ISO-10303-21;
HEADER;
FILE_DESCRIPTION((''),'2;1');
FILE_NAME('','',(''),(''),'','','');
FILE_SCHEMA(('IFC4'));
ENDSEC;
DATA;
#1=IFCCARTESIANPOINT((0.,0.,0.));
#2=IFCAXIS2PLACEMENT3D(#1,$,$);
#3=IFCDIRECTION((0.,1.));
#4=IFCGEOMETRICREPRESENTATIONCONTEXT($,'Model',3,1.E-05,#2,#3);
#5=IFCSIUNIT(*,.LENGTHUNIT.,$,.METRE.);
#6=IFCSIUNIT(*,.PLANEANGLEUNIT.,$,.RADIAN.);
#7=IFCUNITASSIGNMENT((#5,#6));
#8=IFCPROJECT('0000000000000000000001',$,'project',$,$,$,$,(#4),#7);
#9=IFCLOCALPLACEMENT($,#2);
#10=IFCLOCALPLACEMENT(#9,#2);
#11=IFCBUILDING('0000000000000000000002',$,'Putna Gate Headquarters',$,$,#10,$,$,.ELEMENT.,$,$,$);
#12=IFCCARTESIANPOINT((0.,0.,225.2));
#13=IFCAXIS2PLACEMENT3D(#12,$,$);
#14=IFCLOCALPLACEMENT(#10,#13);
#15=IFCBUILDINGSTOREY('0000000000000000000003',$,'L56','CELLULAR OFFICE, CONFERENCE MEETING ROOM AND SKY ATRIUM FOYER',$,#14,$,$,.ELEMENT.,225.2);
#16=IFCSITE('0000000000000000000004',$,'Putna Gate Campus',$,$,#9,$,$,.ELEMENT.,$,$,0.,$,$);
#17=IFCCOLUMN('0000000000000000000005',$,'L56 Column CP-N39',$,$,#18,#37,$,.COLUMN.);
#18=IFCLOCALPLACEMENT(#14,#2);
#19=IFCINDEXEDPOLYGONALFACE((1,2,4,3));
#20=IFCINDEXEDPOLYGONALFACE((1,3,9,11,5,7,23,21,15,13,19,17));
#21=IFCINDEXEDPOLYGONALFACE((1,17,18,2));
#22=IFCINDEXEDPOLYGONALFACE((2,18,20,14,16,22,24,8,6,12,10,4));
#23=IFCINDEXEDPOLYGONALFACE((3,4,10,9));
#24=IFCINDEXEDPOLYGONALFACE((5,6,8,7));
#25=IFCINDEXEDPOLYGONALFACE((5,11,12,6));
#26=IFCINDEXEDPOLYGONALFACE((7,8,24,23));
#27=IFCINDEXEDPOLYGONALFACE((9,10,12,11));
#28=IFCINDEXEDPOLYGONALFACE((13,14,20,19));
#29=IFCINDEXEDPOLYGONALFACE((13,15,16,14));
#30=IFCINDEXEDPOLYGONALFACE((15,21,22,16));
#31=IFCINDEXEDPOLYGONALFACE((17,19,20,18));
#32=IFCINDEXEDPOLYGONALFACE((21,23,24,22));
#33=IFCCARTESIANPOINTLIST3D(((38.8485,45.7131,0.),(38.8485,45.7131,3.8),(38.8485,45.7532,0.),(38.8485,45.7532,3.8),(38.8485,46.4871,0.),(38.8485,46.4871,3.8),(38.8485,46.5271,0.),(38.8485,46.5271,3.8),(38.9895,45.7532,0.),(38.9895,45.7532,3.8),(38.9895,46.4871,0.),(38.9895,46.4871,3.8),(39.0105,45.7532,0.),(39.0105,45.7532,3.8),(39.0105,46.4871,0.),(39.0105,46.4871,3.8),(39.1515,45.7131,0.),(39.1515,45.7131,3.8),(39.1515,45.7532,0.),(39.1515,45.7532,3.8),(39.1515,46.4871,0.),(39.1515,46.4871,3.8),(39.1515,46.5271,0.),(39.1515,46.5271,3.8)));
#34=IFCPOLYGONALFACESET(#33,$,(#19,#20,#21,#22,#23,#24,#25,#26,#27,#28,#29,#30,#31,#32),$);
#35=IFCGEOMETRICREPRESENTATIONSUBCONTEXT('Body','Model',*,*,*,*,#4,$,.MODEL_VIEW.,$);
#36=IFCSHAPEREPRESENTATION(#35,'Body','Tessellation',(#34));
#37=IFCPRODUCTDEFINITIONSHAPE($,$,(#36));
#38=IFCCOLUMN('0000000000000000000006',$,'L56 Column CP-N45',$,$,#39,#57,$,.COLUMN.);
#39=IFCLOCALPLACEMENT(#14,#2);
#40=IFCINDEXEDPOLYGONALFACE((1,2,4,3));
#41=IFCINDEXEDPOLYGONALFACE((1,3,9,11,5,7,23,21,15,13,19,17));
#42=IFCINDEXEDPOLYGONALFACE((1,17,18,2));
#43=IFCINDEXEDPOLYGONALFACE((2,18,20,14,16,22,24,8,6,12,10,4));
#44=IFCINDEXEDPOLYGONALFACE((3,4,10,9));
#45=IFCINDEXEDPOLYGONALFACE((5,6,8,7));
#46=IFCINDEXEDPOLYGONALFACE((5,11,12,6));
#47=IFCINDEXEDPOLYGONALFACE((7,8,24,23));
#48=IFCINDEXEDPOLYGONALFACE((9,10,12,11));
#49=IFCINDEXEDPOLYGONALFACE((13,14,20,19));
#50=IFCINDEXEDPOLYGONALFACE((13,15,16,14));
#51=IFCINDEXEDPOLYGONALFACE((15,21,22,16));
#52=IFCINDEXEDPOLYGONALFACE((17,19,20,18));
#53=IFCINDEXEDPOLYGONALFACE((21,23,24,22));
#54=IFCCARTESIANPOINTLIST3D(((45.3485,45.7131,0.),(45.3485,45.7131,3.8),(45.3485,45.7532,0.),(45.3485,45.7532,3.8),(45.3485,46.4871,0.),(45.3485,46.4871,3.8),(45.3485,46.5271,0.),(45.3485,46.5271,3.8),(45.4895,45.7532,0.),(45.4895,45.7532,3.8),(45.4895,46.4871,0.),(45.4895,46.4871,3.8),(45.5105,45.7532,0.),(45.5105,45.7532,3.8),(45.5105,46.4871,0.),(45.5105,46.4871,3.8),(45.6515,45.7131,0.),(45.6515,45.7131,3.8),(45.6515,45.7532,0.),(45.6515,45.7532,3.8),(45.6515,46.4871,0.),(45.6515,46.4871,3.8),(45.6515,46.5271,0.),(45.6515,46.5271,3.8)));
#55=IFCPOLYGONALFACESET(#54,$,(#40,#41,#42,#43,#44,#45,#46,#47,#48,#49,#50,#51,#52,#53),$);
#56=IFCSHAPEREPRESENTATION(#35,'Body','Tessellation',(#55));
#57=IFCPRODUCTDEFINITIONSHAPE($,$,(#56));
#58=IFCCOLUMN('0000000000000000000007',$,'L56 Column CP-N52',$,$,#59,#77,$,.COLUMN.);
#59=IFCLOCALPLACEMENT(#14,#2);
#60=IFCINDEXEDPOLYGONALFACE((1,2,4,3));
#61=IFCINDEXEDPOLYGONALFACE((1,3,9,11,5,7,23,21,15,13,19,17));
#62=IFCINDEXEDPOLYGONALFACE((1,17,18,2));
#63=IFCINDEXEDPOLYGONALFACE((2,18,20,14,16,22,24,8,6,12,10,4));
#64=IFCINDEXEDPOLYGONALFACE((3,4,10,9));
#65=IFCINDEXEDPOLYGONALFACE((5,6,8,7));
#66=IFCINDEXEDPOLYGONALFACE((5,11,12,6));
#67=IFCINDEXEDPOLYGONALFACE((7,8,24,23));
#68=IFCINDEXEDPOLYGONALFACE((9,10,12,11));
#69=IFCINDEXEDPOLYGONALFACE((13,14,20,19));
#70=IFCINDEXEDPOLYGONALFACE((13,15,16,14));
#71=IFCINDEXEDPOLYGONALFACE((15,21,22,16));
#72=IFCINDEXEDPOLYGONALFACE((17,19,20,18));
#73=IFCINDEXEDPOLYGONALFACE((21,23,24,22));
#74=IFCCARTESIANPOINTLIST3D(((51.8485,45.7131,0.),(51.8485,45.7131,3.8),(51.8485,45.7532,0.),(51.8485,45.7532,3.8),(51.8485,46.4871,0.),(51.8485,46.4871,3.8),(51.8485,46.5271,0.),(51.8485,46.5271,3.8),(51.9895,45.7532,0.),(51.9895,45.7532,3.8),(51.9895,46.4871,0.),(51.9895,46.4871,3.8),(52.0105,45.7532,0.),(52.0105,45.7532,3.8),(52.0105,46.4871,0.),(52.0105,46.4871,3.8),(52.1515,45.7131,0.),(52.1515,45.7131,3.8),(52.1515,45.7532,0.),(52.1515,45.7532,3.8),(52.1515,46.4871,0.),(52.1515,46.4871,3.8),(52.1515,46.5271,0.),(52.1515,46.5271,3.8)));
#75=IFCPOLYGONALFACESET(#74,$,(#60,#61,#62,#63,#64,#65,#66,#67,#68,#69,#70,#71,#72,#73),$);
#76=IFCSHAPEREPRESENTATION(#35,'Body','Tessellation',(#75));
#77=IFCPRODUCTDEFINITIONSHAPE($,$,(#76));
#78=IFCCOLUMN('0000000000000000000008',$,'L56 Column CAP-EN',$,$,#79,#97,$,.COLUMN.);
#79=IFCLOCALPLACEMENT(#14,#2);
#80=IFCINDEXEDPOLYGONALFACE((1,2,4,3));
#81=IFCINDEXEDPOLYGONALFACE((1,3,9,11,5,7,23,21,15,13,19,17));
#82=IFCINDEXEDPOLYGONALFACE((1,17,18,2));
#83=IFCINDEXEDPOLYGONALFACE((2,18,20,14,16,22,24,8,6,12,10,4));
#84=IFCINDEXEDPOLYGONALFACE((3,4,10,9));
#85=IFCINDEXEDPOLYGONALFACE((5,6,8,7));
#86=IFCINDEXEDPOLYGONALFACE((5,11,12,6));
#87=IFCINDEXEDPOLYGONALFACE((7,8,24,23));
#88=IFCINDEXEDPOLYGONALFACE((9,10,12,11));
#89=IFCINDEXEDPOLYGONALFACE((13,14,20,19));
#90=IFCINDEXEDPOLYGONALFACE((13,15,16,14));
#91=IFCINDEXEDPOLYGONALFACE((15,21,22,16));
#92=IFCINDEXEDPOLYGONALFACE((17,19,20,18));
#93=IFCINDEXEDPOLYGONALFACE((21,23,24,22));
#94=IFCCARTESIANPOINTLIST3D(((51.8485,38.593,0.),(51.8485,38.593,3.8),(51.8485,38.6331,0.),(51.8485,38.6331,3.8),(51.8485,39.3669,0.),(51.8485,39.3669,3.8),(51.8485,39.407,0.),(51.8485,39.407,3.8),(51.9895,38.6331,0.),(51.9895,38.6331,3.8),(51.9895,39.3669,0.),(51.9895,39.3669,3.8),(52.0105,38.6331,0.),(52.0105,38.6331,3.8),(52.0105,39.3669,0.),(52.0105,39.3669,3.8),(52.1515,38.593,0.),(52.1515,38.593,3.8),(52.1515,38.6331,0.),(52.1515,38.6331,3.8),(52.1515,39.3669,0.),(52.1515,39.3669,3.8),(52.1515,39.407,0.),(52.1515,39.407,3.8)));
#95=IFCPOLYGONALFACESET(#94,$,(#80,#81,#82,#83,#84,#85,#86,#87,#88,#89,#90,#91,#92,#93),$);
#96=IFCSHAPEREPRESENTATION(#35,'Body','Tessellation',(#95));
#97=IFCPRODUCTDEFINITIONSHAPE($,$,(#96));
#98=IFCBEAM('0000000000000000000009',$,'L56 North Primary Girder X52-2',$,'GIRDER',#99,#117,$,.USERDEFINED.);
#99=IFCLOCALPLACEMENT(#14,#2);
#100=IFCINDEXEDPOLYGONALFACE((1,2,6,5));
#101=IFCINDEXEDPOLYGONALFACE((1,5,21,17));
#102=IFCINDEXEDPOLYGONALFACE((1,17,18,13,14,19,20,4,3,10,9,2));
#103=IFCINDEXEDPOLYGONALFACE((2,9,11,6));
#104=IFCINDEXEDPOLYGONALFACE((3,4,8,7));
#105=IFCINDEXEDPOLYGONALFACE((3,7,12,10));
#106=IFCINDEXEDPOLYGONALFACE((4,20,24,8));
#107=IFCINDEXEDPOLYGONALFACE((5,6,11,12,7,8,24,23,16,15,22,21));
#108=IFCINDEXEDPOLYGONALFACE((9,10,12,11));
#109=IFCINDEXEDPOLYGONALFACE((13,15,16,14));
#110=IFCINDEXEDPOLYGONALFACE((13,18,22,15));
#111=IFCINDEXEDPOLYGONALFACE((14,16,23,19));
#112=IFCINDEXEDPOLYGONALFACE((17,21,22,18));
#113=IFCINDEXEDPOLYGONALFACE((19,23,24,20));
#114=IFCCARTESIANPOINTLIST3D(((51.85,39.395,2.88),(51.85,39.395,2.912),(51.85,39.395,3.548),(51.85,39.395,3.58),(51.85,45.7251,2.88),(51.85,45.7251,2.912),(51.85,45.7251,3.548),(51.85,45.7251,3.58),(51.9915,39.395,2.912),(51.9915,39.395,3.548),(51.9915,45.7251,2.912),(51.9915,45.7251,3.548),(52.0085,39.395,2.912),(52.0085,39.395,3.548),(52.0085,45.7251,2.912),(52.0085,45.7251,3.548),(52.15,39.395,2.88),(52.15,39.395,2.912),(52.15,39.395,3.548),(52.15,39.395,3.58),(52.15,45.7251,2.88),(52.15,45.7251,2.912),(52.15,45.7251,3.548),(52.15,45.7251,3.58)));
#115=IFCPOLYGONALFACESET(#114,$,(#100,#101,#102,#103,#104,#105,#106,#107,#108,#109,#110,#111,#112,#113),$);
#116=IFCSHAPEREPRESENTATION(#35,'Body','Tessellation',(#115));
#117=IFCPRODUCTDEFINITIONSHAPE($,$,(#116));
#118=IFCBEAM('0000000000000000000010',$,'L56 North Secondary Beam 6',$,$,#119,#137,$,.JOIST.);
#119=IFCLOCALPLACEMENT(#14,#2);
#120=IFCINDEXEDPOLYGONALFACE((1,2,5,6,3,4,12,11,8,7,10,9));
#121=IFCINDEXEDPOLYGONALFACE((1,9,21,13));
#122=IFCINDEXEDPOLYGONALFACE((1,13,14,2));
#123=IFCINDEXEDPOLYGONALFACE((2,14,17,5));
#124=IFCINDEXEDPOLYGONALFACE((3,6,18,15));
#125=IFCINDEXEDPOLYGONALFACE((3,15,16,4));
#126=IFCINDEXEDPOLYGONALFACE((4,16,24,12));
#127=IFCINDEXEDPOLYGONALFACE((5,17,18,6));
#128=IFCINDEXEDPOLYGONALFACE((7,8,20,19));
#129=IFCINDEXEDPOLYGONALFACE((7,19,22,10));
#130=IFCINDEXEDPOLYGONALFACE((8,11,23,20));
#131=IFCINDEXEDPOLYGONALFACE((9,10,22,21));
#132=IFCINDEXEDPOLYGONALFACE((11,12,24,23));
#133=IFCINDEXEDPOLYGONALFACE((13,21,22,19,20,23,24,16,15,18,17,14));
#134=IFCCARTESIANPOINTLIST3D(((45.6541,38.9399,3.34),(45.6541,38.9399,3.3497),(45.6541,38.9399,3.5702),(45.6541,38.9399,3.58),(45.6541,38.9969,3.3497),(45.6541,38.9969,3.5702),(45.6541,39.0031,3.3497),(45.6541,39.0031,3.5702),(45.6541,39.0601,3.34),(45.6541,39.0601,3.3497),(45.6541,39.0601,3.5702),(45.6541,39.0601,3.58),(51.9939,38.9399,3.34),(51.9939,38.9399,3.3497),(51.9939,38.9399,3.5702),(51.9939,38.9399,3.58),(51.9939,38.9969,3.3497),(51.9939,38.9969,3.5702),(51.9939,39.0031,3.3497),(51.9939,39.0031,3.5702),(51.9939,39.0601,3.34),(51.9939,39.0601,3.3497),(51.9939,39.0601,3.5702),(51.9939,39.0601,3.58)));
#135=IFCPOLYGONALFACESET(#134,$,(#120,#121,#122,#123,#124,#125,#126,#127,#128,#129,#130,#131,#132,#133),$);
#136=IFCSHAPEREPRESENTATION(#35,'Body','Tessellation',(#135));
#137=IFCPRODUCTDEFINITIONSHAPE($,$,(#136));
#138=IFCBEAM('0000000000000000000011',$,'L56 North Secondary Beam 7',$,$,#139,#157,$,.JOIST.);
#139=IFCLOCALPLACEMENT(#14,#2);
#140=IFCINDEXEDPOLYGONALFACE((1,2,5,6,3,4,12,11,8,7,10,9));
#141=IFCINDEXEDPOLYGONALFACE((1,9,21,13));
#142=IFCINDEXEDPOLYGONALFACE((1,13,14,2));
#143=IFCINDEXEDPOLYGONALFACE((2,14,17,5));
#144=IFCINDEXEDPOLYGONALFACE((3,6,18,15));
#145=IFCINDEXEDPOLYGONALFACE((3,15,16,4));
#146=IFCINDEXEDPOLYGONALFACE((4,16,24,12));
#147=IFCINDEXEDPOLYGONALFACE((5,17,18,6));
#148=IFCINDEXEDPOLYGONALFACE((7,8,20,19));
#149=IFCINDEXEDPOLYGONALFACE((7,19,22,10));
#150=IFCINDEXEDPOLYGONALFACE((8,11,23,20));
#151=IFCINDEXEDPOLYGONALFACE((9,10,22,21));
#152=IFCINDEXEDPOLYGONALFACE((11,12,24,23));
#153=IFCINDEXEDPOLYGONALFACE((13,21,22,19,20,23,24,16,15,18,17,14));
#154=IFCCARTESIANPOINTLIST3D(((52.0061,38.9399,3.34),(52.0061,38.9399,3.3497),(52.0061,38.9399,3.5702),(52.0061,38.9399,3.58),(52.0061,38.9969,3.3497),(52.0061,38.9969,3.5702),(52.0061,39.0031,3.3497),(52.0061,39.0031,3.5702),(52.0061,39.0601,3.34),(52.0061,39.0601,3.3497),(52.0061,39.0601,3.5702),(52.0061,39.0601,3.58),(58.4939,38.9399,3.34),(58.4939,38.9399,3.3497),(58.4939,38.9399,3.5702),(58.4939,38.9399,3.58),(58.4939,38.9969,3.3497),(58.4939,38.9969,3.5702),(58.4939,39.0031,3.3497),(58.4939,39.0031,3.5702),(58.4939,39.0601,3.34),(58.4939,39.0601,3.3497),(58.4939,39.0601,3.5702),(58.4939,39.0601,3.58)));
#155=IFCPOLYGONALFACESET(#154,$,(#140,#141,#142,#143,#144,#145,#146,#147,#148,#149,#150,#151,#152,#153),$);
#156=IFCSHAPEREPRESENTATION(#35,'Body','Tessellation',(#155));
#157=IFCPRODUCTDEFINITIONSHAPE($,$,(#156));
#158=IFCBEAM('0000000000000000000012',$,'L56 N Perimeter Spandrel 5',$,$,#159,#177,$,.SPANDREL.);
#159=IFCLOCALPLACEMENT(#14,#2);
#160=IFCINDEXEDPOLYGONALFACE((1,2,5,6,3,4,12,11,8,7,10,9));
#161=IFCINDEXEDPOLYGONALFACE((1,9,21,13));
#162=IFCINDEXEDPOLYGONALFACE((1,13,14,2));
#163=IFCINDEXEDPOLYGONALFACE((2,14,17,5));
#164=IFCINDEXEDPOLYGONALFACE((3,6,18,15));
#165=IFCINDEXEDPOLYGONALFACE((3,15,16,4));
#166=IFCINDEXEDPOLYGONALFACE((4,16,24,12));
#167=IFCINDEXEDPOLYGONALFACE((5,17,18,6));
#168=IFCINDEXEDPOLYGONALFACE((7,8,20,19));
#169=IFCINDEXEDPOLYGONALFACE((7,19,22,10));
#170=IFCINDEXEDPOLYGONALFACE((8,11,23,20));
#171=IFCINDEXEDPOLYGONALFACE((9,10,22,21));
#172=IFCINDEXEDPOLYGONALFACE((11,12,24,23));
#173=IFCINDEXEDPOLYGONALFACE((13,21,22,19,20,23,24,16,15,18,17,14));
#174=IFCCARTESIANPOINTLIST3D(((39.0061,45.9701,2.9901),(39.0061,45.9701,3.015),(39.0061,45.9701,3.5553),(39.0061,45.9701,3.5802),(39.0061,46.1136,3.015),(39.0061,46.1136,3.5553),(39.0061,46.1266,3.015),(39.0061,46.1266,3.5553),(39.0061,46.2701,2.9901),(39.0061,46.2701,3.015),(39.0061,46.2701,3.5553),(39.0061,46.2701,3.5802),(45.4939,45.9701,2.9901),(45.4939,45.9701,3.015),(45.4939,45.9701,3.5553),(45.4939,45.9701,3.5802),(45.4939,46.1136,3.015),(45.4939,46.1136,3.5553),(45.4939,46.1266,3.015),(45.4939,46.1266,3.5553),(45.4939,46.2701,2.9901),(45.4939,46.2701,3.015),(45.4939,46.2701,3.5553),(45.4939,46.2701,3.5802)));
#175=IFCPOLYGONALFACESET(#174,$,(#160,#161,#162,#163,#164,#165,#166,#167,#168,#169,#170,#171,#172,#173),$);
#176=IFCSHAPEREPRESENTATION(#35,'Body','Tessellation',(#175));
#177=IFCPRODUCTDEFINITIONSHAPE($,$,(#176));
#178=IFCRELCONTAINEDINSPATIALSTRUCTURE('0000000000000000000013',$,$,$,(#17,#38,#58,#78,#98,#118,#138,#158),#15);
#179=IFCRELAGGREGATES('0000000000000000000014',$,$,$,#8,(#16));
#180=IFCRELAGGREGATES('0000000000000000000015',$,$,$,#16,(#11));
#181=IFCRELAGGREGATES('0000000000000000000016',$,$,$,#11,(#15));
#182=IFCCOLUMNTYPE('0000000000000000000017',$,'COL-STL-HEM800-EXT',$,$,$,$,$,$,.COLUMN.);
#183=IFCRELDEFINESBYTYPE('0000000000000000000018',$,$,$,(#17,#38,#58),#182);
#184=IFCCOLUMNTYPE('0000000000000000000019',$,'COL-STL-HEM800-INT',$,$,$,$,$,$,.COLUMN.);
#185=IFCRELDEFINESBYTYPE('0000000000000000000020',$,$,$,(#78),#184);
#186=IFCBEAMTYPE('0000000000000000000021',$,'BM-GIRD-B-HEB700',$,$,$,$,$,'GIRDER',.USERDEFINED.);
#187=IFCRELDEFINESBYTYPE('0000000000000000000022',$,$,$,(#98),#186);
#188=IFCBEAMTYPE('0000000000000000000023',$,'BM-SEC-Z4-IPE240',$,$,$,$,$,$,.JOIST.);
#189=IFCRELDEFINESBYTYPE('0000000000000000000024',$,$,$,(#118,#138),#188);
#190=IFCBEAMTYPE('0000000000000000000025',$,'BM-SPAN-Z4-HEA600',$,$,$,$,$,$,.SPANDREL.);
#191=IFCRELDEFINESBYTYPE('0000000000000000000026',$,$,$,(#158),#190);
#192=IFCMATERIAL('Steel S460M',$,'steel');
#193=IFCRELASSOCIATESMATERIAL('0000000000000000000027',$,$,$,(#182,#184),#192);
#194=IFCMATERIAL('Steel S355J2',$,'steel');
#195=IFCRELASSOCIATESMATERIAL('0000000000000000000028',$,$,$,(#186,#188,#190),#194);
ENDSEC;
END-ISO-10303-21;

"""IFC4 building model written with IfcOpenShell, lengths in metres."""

from ifc_helpers import new_model, si_unit, direction, frame, origin, origin_2d, place, context, subcontext, project, spatial, i_section, extrude, material, material_profile, profile_set, type_object, element, save


model = new_model("IFC4")

# Units and contexts
model_context = context("Model", 3, precision=1e-05, world=origin(), true_north=direction((0.0, 1.0)))
body_context = subcontext(model_context, "Body", "Model", "MODEL_VIEW")
ifc_project = project(units=[si_unit("LENGTHUNIT", "METRE"), si_unit("PLANEANGLEUNIT", "RADIAN")], contexts=[model_context])

# Site, building, storey
site_placement = place(None, origin())
site = spatial("IfcSite", under=ifc_project, at=site_placement, Name="Putna Gate Campus", CompositionType="ELEMENT", RefElevation=0.0)
building_placement = place(site_placement, origin())
building = spatial("IfcBuilding", under=site, at=building_placement, Name="Putna Gate Headquarters", CompositionType="ELEMENT")
storey_placement = place(building_placement, frame((0.0, 0.0, 225.2)))
storey = spatial("IfcBuildingStorey", under=building, at=storey_placement, Name="L56", Description="CELLULAR OFFICE, CONFERENCE MEETING ROOM AND SKY ATRIUM FOYER", CompositionType="ELEMENT", Elevation=225.2)

# Columns
ifc_material_1 = material(Name="Steel S460M", Category="steel")
ifc_material_profile_1 = material_profile(ifc_material_1, i_section(OverallWidth=0.303, OverallDepth=0.814, WebThickness=0.021, FlangeThickness=0.04, at=origin_2d()), Name="Steel S460M")
ifc_profile_set_1 = profile_set([ifc_material_profile_1], Name="Steel S460M")
column_type_1 = type_object("IfcColumnType", Name="COL-STL-HEM800-EXT", PredefinedType="COLUMN", material=ifc_profile_set_1)
for number, where, z_axis, x_axis, name in (
    (1, (39.0, 46.1201, 0.0), (0.0, 0.0, 1.0), (1.0, 0.0, 0.0), "L56 Column CP-N39"),
    (2, (45.5, 46.1201, 0.0), (0.0, 0.0, 1.0), (1.0, 0.0, 0.0), "L56 Column CP-N45"),
    (3, (52.0, 46.1201, 0.0), (0.0, 0.0, 1.0), (1.0, 0.0, 0.0), "L56 Column CP-N52"),
):
    element("IfcColumn", number, at=place(storey_placement, frame(where, z_axis=z_axis, x_axis=x_axis)), inside=storey, type_object=column_type_1, Name=name, PredefinedType="COLUMN", context=body_context, shape_type="SweptSolid", body=[
        extrude(i_section(OverallWidth=0.303, OverallDepth=0.814, WebThickness=0.021, FlangeThickness=0.04, at=origin_2d()), origin(), (0.0, 0.0, 1.0), 3.8),
    ])
ifc_material_profile_2 = material_profile(ifc_material_1, i_section(OverallWidth=0.303, OverallDepth=0.814, WebThickness=0.021, FlangeThickness=0.04, at=origin_2d()), Name="Steel S460M")
ifc_profile_set_2 = profile_set([ifc_material_profile_2], Name="Steel S460M")
column_type_2 = type_object("IfcColumnType", Name="COL-STL-HEM800-INT", PredefinedType="COLUMN", material=ifc_profile_set_2)
column_placement = place(storey_placement, frame((52.0, 39.0, 0.0), z_axis=(0.0, 0.0, 1.0), x_axis=(1.0, 0.0, 0.0)))
element("IfcColumn", 4, at=column_placement, inside=storey, type_object=column_type_2, Name="L56 Column CAP-EN", PredefinedType="COLUMN", context=body_context, shape_type="SweptSolid", body=[
    extrude(i_section(OverallWidth=0.303, OverallDepth=0.814, WebThickness=0.021, FlangeThickness=0.04, at=origin_2d()), origin(), (0.0, 0.0, 1.0), 3.8),
])

# Beams
ifc_material_2 = material(Name="Steel S355J2", Category="steel")
ifc_material_profile_3 = material_profile(ifc_material_2, i_section(OverallWidth=0.3, OverallDepth=0.7, WebThickness=0.0171, FlangeThickness=0.032, at=origin_2d()), Name="Steel S355J2")
ifc_profile_set_3 = profile_set([ifc_material_profile_3], Name="Steel S355J2")
beam_type_1 = type_object("IfcBeamType", Name="BM-GIRD-B-HEB700", ElementType="GIRDER", PredefinedType="USERDEFINED", material=ifc_profile_set_3)
beam_1_placement = place(storey_placement, frame((52.0, 39.395, 3.23), z_axis=(0.0, 1.0, 0.0), x_axis=(-1.0, 0.0, 0.0)))
element("IfcBeam", 5, at=beam_1_placement, inside=storey, type_object=beam_type_1, Name="L56 North Primary Girder X52-2", ObjectType="GIRDER", PredefinedType="USERDEFINED", context=body_context, shape_type="SweptSolid", body=[
    extrude(i_section(OverallWidth=0.3, OverallDepth=0.7, WebThickness=0.0171, FlangeThickness=0.032, at=origin_2d()), origin(), (0.0, 0.0, 1.0), 6.3301),
])
ifc_material_profile_4 = material_profile(ifc_material_2, i_section(OverallWidth=0.1201, OverallDepth=0.24, WebThickness=0.0061, FlangeThickness=0.0098, at=origin_2d()), Name="Steel S355J2")
ifc_profile_set_4 = profile_set([ifc_material_profile_4], Name="Steel S355J2")
beam_type_2 = type_object("IfcBeamType", Name="BM-SEC-Z4-IPE240", PredefinedType="JOIST", material=ifc_profile_set_4)
beam_2_placement = place(storey_placement, frame((45.6541, 39.0, 3.46), z_axis=(1.0, 0.0, 0.0), x_axis=(0.0, 1.0, 0.0)))
element("IfcBeam", 6, at=beam_2_placement, inside=storey, type_object=beam_type_2, Name="L56 North Secondary Beam 6", PredefinedType="JOIST", context=body_context, shape_type="SweptSolid", body=[
    extrude(i_section(OverallWidth=0.1201, OverallDepth=0.24, WebThickness=0.0061, FlangeThickness=0.0098, at=origin_2d()), origin(), (0.0, 0.0, 1.0), 6.3398),
])
beam_3_placement = place(storey_placement, frame((52.0061, 39.0, 3.46), z_axis=(1.0, 0.0, 0.0), x_axis=(0.0, 1.0, 0.0)))
element("IfcBeam", 7, at=beam_3_placement, inside=storey, type_object=beam_type_2, Name="L56 North Secondary Beam 7", PredefinedType="JOIST", context=body_context, shape_type="SweptSolid", body=[
    extrude(i_section(OverallWidth=0.1201, OverallDepth=0.24, WebThickness=0.0061, FlangeThickness=0.0098, at=origin_2d()), origin(), (0.0, 0.0, 1.0), 6.4878),
])
ifc_material_profile_5 = material_profile(ifc_material_2, i_section(OverallWidth=0.3, OverallDepth=0.5901, WebThickness=0.0129, FlangeThickness=0.0249, at=origin_2d()), Name="Steel S355J2")
ifc_profile_set_5 = profile_set([ifc_material_profile_5], Name="Steel S355J2")
beam_type_3 = type_object("IfcBeamType", Name="BM-SPAN-Z4-HEA600", PredefinedType="SPANDREL", material=ifc_profile_set_5)
for number, where, z_axis, x_axis, name in (
    (8, (39.0061, 46.1201, 3.2852), (1.0, 0.0, 0.0), (0.0, 1.0, 0.0), "L56 N Perimeter Spandrel 5"),
):
    element("IfcBeam", number, at=place(storey_placement, frame(where, z_axis=z_axis, x_axis=x_axis)), inside=storey, type_object=beam_type_3, Name=name, PredefinedType="SPANDREL", context=body_context, shape_type="SweptSolid", body=[
        extrude(i_section(OverallWidth=0.3, OverallDepth=0.5901, WebThickness=0.0129, FlangeThickness=0.0249, at=origin_2d()), origin(), (0.0, 0.0, 1.0), 6.4878),
    ])

save(model, "model.ifc")
